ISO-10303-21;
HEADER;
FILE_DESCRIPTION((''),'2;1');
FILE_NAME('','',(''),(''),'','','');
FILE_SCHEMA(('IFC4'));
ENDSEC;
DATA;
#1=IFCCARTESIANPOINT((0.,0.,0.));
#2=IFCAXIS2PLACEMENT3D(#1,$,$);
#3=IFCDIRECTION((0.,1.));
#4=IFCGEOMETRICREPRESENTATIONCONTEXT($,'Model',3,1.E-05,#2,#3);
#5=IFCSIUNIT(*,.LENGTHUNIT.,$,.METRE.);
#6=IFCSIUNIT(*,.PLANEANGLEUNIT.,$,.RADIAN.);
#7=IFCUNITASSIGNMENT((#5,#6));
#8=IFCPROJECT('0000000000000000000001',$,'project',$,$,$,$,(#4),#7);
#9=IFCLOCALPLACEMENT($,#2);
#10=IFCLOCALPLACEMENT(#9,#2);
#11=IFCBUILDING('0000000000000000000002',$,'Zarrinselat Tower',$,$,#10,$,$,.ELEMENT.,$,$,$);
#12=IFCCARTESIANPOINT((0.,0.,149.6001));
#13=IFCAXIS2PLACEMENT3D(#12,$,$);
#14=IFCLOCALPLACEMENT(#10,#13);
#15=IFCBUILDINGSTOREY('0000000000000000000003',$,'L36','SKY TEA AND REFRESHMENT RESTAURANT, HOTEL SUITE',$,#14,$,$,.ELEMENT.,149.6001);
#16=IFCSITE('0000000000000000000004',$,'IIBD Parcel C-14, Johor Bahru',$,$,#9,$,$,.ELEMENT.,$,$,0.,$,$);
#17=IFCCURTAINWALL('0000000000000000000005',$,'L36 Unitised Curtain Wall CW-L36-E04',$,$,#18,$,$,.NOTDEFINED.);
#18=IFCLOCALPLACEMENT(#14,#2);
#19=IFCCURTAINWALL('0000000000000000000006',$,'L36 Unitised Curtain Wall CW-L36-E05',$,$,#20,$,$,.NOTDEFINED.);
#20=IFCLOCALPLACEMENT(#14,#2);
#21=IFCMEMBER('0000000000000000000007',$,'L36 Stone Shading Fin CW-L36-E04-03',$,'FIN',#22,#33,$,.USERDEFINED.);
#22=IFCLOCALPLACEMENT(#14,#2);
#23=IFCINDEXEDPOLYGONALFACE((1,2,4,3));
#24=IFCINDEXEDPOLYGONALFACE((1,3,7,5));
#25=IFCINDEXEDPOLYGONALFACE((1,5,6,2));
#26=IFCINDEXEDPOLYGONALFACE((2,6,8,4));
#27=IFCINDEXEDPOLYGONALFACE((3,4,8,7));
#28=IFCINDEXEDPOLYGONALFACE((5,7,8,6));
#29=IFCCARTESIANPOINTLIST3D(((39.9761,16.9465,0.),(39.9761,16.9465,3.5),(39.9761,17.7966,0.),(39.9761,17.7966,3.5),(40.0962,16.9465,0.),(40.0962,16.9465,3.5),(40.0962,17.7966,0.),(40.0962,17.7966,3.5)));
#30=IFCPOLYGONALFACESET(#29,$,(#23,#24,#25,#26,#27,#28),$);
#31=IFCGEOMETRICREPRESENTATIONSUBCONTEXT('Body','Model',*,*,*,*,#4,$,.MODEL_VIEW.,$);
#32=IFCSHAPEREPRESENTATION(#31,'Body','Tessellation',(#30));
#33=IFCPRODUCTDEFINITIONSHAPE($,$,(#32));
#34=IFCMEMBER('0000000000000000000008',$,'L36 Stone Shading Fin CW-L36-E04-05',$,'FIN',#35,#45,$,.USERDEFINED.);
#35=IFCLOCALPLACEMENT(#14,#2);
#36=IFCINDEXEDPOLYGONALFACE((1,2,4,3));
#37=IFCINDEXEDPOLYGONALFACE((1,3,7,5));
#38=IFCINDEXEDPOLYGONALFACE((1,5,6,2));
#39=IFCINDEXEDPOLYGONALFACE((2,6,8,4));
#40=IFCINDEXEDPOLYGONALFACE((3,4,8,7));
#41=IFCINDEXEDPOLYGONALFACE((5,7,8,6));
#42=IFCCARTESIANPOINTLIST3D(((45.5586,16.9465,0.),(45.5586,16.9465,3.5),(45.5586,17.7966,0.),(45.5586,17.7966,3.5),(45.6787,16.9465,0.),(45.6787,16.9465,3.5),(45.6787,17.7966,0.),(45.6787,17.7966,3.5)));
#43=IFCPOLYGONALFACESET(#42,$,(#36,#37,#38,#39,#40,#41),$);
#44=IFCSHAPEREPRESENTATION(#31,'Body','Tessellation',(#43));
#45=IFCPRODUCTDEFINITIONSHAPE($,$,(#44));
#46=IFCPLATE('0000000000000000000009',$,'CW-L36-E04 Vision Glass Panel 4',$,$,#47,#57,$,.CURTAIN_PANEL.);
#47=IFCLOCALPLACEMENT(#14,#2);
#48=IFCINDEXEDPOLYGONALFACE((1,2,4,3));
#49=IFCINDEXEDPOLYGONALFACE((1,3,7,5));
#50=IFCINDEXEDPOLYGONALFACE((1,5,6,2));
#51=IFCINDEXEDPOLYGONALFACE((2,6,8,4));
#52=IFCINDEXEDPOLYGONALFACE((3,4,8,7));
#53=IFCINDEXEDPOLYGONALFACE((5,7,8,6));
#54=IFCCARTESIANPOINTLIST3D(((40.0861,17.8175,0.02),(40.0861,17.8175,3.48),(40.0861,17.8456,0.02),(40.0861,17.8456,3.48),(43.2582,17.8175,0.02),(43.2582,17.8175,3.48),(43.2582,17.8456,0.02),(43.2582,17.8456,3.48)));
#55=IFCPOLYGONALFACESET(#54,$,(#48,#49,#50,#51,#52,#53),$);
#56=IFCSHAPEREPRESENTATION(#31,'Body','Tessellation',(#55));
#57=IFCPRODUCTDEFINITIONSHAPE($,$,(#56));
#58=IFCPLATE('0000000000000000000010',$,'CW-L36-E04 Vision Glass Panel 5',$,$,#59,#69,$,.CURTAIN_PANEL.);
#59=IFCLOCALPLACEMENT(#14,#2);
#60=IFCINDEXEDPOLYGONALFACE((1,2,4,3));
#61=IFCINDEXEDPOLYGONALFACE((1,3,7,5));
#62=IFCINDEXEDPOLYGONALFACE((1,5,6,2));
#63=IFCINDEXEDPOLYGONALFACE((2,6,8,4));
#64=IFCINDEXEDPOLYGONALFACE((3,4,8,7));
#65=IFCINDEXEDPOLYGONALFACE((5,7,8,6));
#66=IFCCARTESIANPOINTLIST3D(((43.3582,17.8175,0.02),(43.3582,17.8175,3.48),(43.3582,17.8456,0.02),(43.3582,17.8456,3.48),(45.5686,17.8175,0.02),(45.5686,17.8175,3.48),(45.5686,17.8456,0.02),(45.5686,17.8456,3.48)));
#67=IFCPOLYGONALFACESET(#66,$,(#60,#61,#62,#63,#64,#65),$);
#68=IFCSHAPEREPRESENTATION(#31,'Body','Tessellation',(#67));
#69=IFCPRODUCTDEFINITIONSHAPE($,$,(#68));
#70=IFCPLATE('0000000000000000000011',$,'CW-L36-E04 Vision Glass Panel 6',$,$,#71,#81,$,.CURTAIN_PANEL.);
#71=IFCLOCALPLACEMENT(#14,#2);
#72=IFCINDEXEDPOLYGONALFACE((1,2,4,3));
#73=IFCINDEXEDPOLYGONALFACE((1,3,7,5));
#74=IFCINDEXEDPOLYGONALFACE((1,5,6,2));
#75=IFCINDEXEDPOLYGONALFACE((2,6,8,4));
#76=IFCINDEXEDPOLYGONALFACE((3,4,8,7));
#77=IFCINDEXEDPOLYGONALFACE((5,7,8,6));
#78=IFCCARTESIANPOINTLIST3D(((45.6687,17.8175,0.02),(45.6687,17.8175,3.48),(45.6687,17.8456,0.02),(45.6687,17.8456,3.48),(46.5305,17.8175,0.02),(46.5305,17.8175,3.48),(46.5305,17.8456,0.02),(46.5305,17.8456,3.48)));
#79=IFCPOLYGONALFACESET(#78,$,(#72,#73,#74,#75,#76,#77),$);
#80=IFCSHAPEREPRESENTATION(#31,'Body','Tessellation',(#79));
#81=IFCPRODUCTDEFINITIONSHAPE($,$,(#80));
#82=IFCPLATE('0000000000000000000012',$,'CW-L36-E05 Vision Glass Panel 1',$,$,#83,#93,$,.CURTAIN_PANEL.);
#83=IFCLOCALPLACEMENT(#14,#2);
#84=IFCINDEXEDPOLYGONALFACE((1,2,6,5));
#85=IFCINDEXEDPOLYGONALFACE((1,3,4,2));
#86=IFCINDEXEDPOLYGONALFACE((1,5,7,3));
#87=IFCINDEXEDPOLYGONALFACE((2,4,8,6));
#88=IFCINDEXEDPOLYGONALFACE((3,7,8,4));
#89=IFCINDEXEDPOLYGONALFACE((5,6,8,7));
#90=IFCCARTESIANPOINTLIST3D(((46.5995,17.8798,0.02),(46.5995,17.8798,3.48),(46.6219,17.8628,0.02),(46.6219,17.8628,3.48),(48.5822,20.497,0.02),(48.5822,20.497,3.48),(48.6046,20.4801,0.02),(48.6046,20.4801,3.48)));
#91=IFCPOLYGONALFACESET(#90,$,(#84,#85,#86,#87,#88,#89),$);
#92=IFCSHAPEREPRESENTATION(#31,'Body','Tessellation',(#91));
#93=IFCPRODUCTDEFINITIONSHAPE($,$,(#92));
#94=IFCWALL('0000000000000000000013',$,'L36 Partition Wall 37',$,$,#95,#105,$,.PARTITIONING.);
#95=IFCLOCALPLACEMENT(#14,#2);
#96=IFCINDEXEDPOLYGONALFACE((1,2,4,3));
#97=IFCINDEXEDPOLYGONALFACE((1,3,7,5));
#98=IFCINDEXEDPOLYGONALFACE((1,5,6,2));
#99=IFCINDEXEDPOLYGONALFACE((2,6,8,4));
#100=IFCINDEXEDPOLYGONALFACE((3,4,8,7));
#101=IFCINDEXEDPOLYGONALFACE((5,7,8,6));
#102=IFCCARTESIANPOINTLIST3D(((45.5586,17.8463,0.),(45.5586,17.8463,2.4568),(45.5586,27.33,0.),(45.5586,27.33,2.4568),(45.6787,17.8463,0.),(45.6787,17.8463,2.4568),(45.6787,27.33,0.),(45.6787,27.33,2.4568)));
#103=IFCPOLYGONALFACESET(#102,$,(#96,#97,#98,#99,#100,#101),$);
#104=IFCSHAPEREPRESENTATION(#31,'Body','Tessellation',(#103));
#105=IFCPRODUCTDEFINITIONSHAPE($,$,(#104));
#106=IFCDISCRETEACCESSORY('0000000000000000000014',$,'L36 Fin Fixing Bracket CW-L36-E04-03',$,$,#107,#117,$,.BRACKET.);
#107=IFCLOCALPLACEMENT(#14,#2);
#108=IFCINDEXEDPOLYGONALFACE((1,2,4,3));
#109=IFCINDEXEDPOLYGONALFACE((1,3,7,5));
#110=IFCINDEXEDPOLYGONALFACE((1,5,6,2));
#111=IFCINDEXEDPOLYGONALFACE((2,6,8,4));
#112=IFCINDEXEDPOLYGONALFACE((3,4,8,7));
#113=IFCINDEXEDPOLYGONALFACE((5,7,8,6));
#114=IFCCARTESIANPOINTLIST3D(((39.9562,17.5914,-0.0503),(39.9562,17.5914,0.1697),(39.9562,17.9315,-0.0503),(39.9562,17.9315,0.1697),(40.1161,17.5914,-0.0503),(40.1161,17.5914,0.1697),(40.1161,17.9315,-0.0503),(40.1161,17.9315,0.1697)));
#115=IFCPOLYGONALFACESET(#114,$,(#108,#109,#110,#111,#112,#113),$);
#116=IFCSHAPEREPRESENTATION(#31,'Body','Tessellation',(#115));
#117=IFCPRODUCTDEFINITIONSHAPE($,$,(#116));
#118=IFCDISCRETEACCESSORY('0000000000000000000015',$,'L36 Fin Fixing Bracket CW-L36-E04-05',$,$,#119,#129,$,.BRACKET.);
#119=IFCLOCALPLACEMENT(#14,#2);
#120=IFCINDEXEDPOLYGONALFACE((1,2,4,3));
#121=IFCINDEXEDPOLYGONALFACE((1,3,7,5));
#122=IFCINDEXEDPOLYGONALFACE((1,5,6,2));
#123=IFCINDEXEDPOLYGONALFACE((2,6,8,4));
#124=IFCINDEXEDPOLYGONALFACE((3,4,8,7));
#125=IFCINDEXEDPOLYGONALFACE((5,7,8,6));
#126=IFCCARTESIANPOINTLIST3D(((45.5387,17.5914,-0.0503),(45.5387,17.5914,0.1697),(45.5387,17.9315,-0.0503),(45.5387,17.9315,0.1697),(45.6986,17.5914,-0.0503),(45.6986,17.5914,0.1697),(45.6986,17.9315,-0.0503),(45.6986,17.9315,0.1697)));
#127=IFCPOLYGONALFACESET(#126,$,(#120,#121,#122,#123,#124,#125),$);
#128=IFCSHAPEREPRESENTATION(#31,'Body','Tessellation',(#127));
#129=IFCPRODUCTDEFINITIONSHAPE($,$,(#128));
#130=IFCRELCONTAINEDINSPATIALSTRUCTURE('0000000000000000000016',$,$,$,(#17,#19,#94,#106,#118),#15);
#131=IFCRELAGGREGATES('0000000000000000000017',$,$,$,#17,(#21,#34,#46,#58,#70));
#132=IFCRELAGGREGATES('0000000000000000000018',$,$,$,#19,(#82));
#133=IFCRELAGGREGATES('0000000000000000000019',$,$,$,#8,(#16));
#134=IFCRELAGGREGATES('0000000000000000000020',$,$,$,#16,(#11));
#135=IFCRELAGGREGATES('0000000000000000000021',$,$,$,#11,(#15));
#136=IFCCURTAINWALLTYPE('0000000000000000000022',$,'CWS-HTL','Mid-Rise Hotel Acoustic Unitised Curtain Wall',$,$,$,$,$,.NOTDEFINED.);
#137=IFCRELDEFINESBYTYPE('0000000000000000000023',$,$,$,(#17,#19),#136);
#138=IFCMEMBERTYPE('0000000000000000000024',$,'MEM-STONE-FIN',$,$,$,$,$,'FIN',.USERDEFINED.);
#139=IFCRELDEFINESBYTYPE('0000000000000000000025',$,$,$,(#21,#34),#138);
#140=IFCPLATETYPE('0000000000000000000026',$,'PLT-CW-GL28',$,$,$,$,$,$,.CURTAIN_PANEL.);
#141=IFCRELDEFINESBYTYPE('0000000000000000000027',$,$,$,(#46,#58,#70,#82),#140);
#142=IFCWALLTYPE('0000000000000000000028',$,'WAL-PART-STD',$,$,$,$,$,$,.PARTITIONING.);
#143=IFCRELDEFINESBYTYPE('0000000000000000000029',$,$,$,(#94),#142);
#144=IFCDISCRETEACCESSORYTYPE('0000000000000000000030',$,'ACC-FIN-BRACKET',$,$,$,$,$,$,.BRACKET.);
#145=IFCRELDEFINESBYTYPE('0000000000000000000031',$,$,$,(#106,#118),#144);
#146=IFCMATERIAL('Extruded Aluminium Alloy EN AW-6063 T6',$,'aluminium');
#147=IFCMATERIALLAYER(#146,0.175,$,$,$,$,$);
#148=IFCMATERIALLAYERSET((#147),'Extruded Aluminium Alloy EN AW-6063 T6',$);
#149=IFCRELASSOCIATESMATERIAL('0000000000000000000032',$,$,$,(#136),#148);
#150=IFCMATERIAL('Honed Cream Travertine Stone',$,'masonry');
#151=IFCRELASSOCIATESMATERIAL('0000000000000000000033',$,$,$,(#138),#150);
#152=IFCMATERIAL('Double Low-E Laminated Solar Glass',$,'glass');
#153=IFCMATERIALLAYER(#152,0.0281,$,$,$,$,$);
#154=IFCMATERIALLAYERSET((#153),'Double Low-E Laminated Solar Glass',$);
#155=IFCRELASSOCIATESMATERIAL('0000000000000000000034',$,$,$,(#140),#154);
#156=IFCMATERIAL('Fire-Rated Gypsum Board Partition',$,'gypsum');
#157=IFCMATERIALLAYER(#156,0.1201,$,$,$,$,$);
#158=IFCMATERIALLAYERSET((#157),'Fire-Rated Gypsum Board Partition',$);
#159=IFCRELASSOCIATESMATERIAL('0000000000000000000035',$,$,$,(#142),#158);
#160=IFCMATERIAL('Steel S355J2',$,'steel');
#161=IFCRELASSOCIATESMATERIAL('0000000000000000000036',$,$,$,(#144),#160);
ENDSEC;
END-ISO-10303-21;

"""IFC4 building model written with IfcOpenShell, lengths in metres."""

from ifc_helpers import new_model, si_unit, direction, frame, frame_2d, origin, origin_2d, place, context, subcontext, project, spatial, rectangle, extrude, material, layer, layer_set, material_profile, profile_set, type_object, element, aggregate, save


model = new_model("IFC4")

# Units and contexts
model_context = context("Model", 3, precision=1e-05, world=origin(), true_north=direction((0.0, 1.0)))
body_context = subcontext(model_context, "Body", "Model", "MODEL_VIEW")
ifc_project = project(units=[si_unit("LENGTHUNIT", "METRE"), si_unit("PLANEANGLEUNIT", "RADIAN")], contexts=[model_context])

# Site, building, storey
site_placement = place(None, origin())
site = spatial("IfcSite", under=ifc_project, at=site_placement, Name="IIBD Parcel C-14, Johor Bahru", CompositionType="ELEMENT", RefElevation=0.0)
building_placement = place(site_placement, origin())
building = spatial("IfcBuilding", under=site, at=building_placement, Name="Zarrinselat Tower", CompositionType="ELEMENT")
storey_placement = place(building_placement, frame((0.0, 0.0, 149.6001)))
storey = spatial("IfcBuildingStorey", under=building, at=storey_placement, Name="L36", Description="SKY TEA AND REFRESHMENT RESTAURANT, HOTEL SUITE", CompositionType="ELEMENT", Elevation=149.6001)

# Curtain walls
ifc_material_1 = material(Name="Extruded Aluminium Alloy EN AW-6063 T6", Category="aluminium")
ifc_layer_1 = layer(ifc_material_1, 0.175)
ifc_layer_set_1 = layer_set([ifc_layer_1], Name="Extruded Aluminium Alloy EN AW-6063 T6")
curtain_wall_type = type_object("IfcCurtainWallType", Name="CWS-HTL", Description="Mid-Rise Hotel Acoustic Unitised Curtain Wall", PredefinedType="NOTDEFINED", material=ifc_layer_set_1)
curtain_wall_1_placement = place(storey_placement, origin())
curtain_wall_1 = element("IfcCurtainWall", 1, at=curtain_wall_1_placement, inside=storey, type_object=curtain_wall_type, Name="L36 Unitised Curtain Wall CW-L36-E04", PredefinedType="NOTDEFINED")
curtain_wall_2_placement = place(storey_placement, origin())
curtain_wall_2 = element("IfcCurtainWall", 2, at=curtain_wall_2_placement, inside=storey, type_object=curtain_wall_type, Name="L36 Unitised Curtain Wall CW-L36-E05", PredefinedType="NOTDEFINED")

# Members
ifc_material_2 = material(Name="Honed Cream Travertine Stone", Category="masonry")
ifc_material_profile_1 = material_profile(ifc_material_2, rectangle(XDim=0.1201, YDim=0.8501, at=origin_2d()), Name="FIN 850x120")
ifc_profile_set_1 = profile_set([ifc_material_profile_1], Name="Honed Cream Travertine Stone")
member_type_1 = type_object("IfcMemberType", Name="MEM-STONE-FIN", ElementType="FIN", PredefinedType="USERDEFINED", material=ifc_profile_set_1)
member_1_placement = place(storey_placement, frame((40.0361, 17.3716, 0.0), z_axis=(0.0, 0.0, 1.0), x_axis=(-1.0, 0.0, 0.0)))
member_1 = element("IfcMember", 3, at=member_1_placement, type_object=member_type_1, Name="L36 Stone Shading Fin CW-L36-E04-03", ObjectType="FIN", PredefinedType="USERDEFINED", context=body_context, shape_type="SweptSolid", body=[
    extrude(rectangle(XDim=0.1201, YDim=0.8501, at=origin_2d()), origin(), (0.0, 0.0, 1.0), 3.5),
])
member_2_placement = place(storey_placement, frame((45.6187, 17.3716, 0.0), z_axis=(0.0, 0.0, 1.0), x_axis=(-1.0, 0.0, 0.0)))
member_2 = element("IfcMember", 4, at=member_2_placement, type_object=member_type_1, Name="L36 Stone Shading Fin CW-L36-E04-05", ObjectType="FIN", PredefinedType="USERDEFINED", context=body_context, shape_type="SweptSolid", body=[
    extrude(rectangle(XDim=0.1201, YDim=0.8501, at=origin_2d()), origin(), (0.0, 0.0, 1.0), 3.5),
])

# Plates
ifc_material_3 = material(Name="Double Low-E Laminated Solar Glass", Category="glass")
ifc_layer_2 = layer(ifc_material_3, 0.0281)
ifc_layer_set_2 = layer_set([ifc_layer_2], Name="Double Low-E Laminated Solar Glass")
plate_type = type_object("IfcPlateType", Name="PLT-CW-GL28", PredefinedType="CURTAIN_PANEL", material=ifc_layer_set_2)
plate_1_placement = place(storey_placement, frame((41.6721, 17.8315, 0.02), z_axis=(0.0, 0.0, 1.0), x_axis=(1.0, 0.0, 0.0)))
plate_1 = element("IfcPlate", 5, at=plate_1_placement, type_object=plate_type, Name="CW-L36-E04 Vision Glass Panel 4", PredefinedType="CURTAIN_PANEL", context=body_context, shape_type="SweptSolid", body=[
    extrude(rectangle(XDim=3.1721, YDim=0.0281, at=origin_2d()), origin(), (0.0, 0.0, 1.0), 3.46),
])
plate_2_placement = place(storey_placement, frame((44.4634, 17.8315, 0.02), z_axis=(0.0, 0.0, 1.0), x_axis=(1.0, 0.0, 0.0)))
plate_2 = element("IfcPlate", 6, at=plate_2_placement, type_object=plate_type, Name="CW-L36-E04 Vision Glass Panel 5", PredefinedType="CURTAIN_PANEL", context=body_context, shape_type="SweptSolid", body=[
    extrude(rectangle(XDim=2.2104, YDim=0.0281, at=origin_2d()), origin(), (0.0, 0.0, 1.0), 3.46),
])
plate_3_placement = place(storey_placement, frame((46.0996, 17.8315, 0.02), z_axis=(0.0, 0.0, 1.0), x_axis=(1.0, 0.0, 0.0)))
plate_3 = element("IfcPlate", 7, at=plate_3_placement, type_object=plate_type, Name="CW-L36-E04 Vision Glass Panel 6", PredefinedType="CURTAIN_PANEL", context=body_context, shape_type="SweptSolid", body=[
    extrude(rectangle(XDim=0.8618, YDim=0.0281, at=origin_2d()), origin(), (0.0, 0.0, 1.0), 3.46),
])
aggregate(curtain_wall_1, [member_1, member_2, plate_1, plate_2, plate_3])
plate_4_placement = place(storey_placement, frame((47.6021, 19.1799, 0.02), z_axis=(0.0, 0.0, 1.0), x_axis=(0.603858, 0.797092, 0.0)))
plate_4 = element("IfcPlate", 8, at=plate_4_placement, type_object=plate_type, Name="CW-L36-E05 Vision Glass Panel 1", PredefinedType="CURTAIN_PANEL", context=body_context, shape_type="SweptSolid", body=[
    extrude(rectangle(XDim=3.2834, YDim=0.0281, at=origin_2d()), origin(), (0.0, 0.0, 1.0), 3.46),
])
aggregate(curtain_wall_2, [plate_4])

# Wall
ifc_material_4 = material(Name="Fire-Rated Gypsum Board Partition", Category="gypsum")
ifc_layer_3 = layer(ifc_material_4, 0.1201)
ifc_layer_set_3 = layer_set([ifc_layer_3], Name="Fire-Rated Gypsum Board Partition")
wall_type = type_object("IfcWallType", Name="WAL-PART-STD", PredefinedType="PARTITIONING", material=ifc_layer_set_3)
wall_placement = place(storey_placement, frame((45.6187, 17.8464, 0.0), z_axis=(0.0, 0.0, 1.0), x_axis=(0.0, 1.0, 0.0)))
element("IfcWall", 9, at=wall_placement, inside=storey, type_object=wall_type, Name="L36 Partition Wall 37", PredefinedType="PARTITIONING", context=body_context, shape_type="SweptSolid", body=[
    extrude(rectangle(XDim=9.4836, YDim=0.1201, at=frame_2d((4.7417, 0.0))), origin(), (0.0, 0.0, 1.0), 2.4568),
])

# Discrete accessories
ifc_material_5 = material(Name="Steel S355J2", Category="steel")
discrete_accessory_type = type_object("IfcDiscreteAccessoryType", Name="ACC-FIN-BRACKET", PredefinedType="BRACKET", material=ifc_material_5)
for number, where, z_axis, x_axis, name in (
    (10, (40.0361, 17.7615, -0.0503), (0.0, 0.0, 1.0), (0.0, -1.0, 0.0), "L36 Fin Fixing Bracket CW-L36-E04-03"),
    (11, (45.6187, 17.7615, -0.0503), (0.0, 0.0, 1.0), (0.0, -1.0, 0.0), "L36 Fin Fixing Bracket CW-L36-E04-05"),
):
    element("IfcDiscreteAccessory", number, at=place(storey_placement, frame(where, z_axis=z_axis, x_axis=x_axis)), inside=storey, type_object=discrete_accessory_type, Name=name, PredefinedType="BRACKET", context=body_context, shape_type="SweptSolid", body=[
        extrude(rectangle(XDim=0.3401, YDim=0.1599, at=origin_2d()), origin(), (0.0, 0.0, 1.0), 0.22),
    ])

save(model, "model.ifc")
